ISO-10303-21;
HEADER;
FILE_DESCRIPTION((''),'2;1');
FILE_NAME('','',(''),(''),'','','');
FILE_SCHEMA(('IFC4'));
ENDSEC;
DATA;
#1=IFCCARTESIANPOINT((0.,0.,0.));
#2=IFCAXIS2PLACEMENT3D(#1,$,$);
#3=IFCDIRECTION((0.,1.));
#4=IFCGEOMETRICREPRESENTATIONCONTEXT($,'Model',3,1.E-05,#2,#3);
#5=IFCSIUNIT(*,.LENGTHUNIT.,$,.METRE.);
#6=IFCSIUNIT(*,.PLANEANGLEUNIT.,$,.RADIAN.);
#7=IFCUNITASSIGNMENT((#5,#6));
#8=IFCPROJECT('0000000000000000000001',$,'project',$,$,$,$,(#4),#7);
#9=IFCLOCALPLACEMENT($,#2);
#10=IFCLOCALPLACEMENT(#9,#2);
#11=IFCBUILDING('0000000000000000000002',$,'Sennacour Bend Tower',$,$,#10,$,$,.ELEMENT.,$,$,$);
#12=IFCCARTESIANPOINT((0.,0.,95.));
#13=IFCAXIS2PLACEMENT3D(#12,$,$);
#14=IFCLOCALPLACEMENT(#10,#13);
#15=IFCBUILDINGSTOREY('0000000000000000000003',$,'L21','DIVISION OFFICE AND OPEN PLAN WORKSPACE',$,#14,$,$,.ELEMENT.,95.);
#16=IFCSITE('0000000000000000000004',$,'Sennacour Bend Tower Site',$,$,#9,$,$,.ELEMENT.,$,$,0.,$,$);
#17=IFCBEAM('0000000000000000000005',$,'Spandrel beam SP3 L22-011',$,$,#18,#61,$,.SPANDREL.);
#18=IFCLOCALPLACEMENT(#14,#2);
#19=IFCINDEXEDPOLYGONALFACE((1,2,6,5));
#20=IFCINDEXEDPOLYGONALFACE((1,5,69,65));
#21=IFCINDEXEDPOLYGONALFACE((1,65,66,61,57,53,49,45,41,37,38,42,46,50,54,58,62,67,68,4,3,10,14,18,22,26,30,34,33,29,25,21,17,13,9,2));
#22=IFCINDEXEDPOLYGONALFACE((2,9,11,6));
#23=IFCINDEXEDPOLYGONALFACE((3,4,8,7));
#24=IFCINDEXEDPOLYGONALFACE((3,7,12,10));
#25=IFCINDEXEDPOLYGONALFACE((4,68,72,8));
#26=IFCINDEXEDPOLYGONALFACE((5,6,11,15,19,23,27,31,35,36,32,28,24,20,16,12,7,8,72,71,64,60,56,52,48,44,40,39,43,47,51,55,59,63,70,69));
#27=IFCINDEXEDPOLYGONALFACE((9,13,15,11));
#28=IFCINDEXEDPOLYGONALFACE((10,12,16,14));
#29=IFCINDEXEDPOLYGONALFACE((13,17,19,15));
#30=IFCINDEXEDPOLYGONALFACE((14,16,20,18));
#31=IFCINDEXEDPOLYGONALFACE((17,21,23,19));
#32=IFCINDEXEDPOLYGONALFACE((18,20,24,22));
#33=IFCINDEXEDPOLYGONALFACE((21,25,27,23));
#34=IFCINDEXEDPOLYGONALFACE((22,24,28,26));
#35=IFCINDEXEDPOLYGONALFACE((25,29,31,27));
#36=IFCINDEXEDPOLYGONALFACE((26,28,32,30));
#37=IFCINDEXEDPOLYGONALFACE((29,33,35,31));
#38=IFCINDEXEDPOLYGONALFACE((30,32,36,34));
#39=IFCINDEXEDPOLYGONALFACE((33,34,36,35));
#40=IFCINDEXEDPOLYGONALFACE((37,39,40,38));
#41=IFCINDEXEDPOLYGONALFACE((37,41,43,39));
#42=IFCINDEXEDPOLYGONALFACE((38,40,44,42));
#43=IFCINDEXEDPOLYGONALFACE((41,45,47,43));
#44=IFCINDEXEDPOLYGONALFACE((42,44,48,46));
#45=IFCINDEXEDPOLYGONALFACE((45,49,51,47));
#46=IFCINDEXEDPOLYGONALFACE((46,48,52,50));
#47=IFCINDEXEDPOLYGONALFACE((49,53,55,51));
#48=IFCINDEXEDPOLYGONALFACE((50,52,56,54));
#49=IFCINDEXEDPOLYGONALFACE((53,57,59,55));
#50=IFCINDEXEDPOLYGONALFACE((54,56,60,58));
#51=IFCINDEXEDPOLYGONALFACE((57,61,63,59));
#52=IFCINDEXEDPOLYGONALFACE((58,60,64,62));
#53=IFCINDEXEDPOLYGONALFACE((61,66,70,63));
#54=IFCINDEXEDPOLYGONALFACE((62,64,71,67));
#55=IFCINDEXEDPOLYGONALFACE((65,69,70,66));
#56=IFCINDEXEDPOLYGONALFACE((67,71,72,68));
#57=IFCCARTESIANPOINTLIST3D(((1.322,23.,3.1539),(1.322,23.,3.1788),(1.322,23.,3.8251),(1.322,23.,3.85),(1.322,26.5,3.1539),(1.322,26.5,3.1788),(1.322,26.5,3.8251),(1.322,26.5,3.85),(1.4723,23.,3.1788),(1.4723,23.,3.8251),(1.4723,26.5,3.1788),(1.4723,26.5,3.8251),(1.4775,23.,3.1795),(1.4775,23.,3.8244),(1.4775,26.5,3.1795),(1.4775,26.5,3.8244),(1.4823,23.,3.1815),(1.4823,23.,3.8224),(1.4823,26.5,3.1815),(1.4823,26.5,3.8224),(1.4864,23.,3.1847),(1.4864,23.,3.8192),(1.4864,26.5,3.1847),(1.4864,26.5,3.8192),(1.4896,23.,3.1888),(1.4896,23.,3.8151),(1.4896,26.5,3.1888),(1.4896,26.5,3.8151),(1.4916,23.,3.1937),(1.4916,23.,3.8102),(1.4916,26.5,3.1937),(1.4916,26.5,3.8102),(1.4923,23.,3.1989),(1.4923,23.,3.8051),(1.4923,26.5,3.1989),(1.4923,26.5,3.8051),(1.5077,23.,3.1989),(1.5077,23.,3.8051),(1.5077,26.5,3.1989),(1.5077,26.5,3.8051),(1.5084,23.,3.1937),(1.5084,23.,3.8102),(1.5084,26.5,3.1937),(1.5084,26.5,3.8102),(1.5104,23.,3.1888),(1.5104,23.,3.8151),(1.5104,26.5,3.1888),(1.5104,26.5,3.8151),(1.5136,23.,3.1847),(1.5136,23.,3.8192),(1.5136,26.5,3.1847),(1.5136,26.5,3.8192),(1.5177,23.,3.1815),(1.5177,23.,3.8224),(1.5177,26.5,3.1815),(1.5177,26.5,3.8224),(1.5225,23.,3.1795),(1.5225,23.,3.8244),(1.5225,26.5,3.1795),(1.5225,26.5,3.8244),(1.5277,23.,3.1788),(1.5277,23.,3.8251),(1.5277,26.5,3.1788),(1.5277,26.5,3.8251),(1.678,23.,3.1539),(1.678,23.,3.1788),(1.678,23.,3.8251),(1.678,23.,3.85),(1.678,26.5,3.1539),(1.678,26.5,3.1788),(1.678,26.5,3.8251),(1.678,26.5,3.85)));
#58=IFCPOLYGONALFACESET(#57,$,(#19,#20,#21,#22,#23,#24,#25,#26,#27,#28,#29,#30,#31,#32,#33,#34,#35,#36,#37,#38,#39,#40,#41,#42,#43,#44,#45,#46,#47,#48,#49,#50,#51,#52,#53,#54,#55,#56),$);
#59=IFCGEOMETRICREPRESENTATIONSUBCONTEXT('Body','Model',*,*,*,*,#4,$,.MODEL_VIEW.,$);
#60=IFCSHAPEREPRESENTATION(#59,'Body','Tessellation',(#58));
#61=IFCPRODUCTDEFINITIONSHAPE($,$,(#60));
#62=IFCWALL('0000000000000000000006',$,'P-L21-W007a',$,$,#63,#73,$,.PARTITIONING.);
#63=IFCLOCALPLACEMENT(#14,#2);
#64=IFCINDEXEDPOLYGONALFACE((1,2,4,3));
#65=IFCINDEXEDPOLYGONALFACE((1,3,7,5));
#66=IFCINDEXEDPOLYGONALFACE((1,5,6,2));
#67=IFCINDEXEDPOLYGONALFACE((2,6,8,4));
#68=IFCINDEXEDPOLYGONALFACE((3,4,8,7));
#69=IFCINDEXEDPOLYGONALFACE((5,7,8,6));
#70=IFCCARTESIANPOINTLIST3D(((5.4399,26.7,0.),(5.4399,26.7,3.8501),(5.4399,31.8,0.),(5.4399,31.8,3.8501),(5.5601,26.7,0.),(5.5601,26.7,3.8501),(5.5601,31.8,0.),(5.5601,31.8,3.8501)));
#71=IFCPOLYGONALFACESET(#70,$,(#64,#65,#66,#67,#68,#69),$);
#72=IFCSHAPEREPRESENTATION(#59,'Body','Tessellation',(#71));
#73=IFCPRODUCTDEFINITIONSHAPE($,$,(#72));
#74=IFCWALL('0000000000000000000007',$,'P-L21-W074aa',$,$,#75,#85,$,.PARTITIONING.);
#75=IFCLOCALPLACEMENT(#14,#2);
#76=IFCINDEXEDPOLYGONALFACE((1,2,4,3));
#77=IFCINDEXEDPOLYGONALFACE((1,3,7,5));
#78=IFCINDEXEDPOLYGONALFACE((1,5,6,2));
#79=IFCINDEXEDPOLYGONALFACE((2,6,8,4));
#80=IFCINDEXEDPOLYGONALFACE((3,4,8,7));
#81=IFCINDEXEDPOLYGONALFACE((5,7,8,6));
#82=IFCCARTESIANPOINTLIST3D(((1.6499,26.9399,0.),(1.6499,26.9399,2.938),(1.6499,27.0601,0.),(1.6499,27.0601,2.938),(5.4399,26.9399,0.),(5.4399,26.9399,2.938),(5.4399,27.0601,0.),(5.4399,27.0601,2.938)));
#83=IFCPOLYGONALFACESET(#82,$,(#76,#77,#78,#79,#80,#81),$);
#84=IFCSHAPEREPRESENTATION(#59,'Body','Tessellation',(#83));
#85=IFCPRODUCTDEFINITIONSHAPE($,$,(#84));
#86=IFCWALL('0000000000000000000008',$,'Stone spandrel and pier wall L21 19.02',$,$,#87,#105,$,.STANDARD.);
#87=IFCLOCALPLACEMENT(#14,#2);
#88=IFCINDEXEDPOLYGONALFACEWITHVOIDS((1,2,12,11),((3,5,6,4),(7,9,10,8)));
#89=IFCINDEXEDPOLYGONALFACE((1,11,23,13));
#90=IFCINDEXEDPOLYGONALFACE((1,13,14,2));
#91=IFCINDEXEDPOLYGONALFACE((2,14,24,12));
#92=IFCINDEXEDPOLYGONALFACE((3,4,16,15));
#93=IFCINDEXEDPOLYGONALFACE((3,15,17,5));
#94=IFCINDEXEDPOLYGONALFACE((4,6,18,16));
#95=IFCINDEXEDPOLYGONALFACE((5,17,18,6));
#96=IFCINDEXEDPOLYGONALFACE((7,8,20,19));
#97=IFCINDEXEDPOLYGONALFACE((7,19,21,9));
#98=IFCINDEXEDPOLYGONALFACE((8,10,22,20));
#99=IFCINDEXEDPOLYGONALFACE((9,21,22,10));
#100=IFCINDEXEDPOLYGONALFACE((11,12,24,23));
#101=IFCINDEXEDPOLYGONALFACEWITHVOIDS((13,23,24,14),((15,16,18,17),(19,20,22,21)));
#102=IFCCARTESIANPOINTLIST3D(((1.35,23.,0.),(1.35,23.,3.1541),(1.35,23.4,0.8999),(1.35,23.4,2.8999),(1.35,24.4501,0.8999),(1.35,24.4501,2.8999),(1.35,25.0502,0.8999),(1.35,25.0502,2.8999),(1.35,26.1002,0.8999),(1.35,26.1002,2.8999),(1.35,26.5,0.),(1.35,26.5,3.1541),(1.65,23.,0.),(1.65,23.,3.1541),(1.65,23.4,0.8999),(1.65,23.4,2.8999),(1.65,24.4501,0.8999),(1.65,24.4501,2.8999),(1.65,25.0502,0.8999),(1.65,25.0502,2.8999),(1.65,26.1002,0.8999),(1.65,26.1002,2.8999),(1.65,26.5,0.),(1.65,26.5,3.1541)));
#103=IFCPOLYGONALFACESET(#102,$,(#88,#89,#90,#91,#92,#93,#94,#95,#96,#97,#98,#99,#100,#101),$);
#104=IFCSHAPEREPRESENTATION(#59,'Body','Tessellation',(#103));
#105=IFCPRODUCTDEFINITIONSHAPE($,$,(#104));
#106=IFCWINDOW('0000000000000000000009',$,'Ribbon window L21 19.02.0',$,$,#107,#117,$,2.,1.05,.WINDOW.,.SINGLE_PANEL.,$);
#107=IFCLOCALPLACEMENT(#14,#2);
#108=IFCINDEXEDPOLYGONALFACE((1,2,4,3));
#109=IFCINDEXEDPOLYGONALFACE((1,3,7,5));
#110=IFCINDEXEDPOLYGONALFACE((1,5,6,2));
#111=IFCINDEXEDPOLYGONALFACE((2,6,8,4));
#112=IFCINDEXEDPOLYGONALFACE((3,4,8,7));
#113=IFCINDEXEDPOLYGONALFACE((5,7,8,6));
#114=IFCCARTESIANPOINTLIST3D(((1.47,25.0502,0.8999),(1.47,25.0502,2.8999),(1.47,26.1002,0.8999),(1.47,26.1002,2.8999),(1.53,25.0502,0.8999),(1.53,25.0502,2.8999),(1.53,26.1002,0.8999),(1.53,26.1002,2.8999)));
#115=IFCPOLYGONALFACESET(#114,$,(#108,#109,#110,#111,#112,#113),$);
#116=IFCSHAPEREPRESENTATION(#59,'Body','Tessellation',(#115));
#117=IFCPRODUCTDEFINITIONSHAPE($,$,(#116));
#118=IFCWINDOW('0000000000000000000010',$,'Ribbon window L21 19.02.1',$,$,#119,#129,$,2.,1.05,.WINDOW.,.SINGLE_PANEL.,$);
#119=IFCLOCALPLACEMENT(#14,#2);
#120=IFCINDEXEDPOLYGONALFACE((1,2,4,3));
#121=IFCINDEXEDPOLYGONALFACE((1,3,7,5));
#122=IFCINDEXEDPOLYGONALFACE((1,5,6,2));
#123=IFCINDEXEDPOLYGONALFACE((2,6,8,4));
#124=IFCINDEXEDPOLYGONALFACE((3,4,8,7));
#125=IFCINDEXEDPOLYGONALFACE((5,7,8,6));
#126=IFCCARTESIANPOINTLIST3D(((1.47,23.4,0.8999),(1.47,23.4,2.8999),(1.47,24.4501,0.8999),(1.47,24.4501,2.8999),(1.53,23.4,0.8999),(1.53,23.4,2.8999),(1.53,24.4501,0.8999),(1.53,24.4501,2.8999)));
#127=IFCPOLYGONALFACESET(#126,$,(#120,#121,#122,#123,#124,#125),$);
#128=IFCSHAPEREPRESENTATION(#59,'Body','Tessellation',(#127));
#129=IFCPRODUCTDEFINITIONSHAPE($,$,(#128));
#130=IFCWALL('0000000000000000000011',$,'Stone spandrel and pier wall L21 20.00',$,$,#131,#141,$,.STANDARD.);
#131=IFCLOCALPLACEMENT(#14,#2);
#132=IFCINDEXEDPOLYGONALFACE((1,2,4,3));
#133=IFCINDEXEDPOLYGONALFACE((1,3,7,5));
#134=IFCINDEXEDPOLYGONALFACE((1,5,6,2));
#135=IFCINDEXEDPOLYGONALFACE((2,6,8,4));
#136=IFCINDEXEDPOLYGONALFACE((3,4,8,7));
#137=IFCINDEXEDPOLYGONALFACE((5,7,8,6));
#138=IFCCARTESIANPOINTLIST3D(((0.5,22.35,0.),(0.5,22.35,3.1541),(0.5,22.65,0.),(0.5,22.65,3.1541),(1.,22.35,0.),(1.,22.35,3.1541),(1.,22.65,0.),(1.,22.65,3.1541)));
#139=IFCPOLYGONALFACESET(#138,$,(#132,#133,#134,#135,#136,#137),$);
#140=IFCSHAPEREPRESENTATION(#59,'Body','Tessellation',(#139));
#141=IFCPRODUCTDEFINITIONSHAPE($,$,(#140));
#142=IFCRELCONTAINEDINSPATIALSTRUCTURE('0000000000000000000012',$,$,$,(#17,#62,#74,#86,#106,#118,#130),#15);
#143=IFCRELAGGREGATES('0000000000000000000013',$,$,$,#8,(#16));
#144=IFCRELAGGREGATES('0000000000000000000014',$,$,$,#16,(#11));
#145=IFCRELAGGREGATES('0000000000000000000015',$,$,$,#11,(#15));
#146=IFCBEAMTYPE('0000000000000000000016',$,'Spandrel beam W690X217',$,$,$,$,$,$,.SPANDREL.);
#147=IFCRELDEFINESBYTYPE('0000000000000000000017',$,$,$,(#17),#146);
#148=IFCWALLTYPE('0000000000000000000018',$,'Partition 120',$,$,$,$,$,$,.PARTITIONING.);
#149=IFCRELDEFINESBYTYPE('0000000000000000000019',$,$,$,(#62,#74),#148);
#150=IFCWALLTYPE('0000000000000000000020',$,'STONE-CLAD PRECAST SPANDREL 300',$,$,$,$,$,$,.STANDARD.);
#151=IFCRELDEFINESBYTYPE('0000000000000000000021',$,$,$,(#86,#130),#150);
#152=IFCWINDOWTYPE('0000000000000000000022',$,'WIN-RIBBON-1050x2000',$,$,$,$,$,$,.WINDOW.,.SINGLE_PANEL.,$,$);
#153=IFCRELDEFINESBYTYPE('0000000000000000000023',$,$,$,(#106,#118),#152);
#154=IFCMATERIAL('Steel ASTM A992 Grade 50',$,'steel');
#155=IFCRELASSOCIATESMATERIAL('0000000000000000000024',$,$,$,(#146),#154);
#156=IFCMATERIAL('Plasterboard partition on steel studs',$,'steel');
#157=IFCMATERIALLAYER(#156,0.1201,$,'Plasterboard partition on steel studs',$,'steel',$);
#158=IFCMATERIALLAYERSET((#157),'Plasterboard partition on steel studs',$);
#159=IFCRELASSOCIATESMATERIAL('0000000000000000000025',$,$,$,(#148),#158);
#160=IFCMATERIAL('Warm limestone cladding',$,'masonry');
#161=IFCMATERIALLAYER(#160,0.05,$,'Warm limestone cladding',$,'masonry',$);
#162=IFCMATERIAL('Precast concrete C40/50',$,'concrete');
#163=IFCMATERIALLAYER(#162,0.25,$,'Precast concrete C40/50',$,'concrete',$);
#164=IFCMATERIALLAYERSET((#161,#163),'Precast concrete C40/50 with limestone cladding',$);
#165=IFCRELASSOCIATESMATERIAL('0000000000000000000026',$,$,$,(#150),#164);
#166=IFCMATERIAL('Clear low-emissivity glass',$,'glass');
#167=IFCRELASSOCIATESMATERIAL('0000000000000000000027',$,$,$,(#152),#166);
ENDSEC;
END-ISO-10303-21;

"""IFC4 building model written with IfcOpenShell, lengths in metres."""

from ifc_helpers import new_model, si_unit, direction, frame, frame_2d, origin, origin_2d, place, context, subcontext, project, spatial, rectangle, i_section, extrude, material, layer, layer_set, material_profile, profile_set, type_object, element, fill, save


model = new_model("IFC4")

# Units and contexts
model_context = context("Model", 3, precision=1e-05, world=origin(), true_north=direction((0.0, 1.0)))
body_context = subcontext(model_context, "Body", "Model", "MODEL_VIEW")
ifc_project = project(units=[si_unit("LENGTHUNIT", "METRE"), si_unit("PLANEANGLEUNIT", "RADIAN")], contexts=[model_context])

# Site, building, storey
site_placement = place(None, origin())
site = spatial("IfcSite", under=ifc_project, at=site_placement, Name="Sennacour Bend Tower Site", CompositionType="ELEMENT", RefElevation=0.0)
building_placement = place(site_placement, origin())
building = spatial("IfcBuilding", under=site, at=building_placement, Name="Sennacour Bend Tower", CompositionType="ELEMENT")
storey_placement = place(building_placement, frame((0.0, 0.0, 95.0)))
storey = spatial("IfcBuildingStorey", under=building, at=storey_placement, Name="L21", Description="DIVISION OFFICE AND OPEN PLAN WORKSPACE", CompositionType="ELEMENT", Elevation=95.0)

# Beam
ifc_material_1 = material(Name="Steel ASTM A992 Grade 50", Category="steel")
ifc_material_profile_1 = material_profile(ifc_material_1, i_section(OverallWidth=0.356, OverallDepth=0.696, WebThickness=0.0154, FlangeThickness=0.0249, FilletRadius=0.02, at=origin_2d()), Name="Steel ASTM A992 Grade 50", Category="steel")
ifc_profile_set_1 = profile_set([ifc_material_profile_1], Name="Steel ASTM A992 Grade 50")
beam_type_1 = type_object("IfcBeamType", Name="Spandrel beam W690X217", PredefinedType="SPANDREL", material=ifc_profile_set_1)
beam_1_placement = place(storey_placement, frame((1.5, 23.0, 3.502), z_axis=(0.0, 1.0, 0.0), x_axis=(-1.0, 0.0, 0.0)))
element("IfcBeam", 1, at=beam_1_placement, inside=storey, type_object=beam_type_1, Name="Spandrel beam SP3 L22-011", PredefinedType="SPANDREL", context=body_context, shape_type="SweptSolid", body=[
    extrude(i_section(OverallWidth=0.356, OverallDepth=0.696, WebThickness=0.0154, FlangeThickness=0.0249, FilletRadius=0.02, at=origin_2d()), origin(), (0.0, 0.0, 1.0), 3.5),
])

# Walls
ifc_material_2 = material(Name="Plasterboard partition on steel studs", Category="steel")
ifc_layer_1 = layer(ifc_material_2, 0.1201, Name="Plasterboard partition on steel studs", Category="steel")
ifc_layer_set_1 = layer_set([ifc_layer_1], Name="Plasterboard partition on steel studs")
wall_type_1 = type_object("IfcWallType", Name="Partition 120", PredefinedType="PARTITIONING", material=ifc_layer_set_1)
wall_1_placement = place(storey_placement, frame((5.5, 26.7, 0.0), z_axis=(0.0, 0.0, 1.0), x_axis=(0.0, 1.0, 0.0)))
element("IfcWall", 2, at=wall_1_placement, inside=storey, type_object=wall_type_1, Name="P-L21-W007a", PredefinedType="PARTITIONING", context=body_context, shape_type="SweptSolid", body=[
    extrude(rectangle(XDim=5.1001, YDim=0.1201, at=frame_2d((2.55, 0.0))), origin(), (0.0, 0.0, 1.0), 3.8501),
])
wall_2_placement = place(storey_placement, frame((1.6499, 27.0, 0.0), z_axis=(0.0, 0.0, 1.0), x_axis=(1.0, 0.0, 0.0)))
element("IfcWall", 3, at=wall_2_placement, inside=storey, type_object=wall_type_1, Name="P-L21-W074aa", PredefinedType="PARTITIONING", context=body_context, shape_type="SweptSolid", body=[
    extrude(rectangle(XDim=3.79, YDim=0.1201, at=frame_2d((1.895, 0.0))), origin(), (0.0, 0.0, 1.0), 2.938),
])

# Wall, openings, windows
ifc_material_3 = material(Name="Warm limestone cladding", Category="masonry")
ifc_layer_2 = layer(ifc_material_3, 0.05, Name="Warm limestone cladding", Category="masonry")
ifc_material_4 = material(Name="Precast concrete C40/50", Category="concrete")
ifc_layer_3 = layer(ifc_material_4, 0.25, Name="Precast concrete C40/50", Category="concrete")
ifc_layer_set_2 = layer_set([ifc_layer_2, ifc_layer_3], Name="Precast concrete C40/50 with limestone cladding")
wall_type_2 = type_object("IfcWallType", Name="STONE-CLAD PRECAST SPANDREL 300", PredefinedType="STANDARD", material=ifc_layer_set_2)
wall_3_placement = place(storey_placement, frame((1.5, 26.5, 0.0), z_axis=(0.0, 0.0, 1.0), x_axis=(0.0, -1.0, 0.0)))
wall_3 = element("IfcWall", 4, at=wall_3_placement, inside=storey, type_object=wall_type_2, Name="Stone spandrel and pier wall L21 19.02", PredefinedType="STANDARD", context=body_context, shape_type="SweptSolid", body=[
    extrude(rectangle(XDim=3.5, YDim=0.3, at=frame_2d((1.75, 0.0))), origin(), (0.0, 0.0, 1.0), 3.1541),
])
opening_1_placement = place(wall_3_placement, frame((0.3999, 0.0, 0.8999)))
opening_1 = element("IfcOpeningElement", 5, at=opening_1_placement, cuts=wall_3, PredefinedType="OPENING", context=body_context, shape_type="SweptSolid", body=[
    extrude(rectangle(XDim=1.05, YDim=2.0, at=frame_2d((0.5249, 1.0))), frame((0.0, 0.1602, 0.0), z_axis=(0.0, -1.0, 0.0), x_axis=(1.0, 0.0, 0.0)), (0.0, 0.0, 1.0), 0.3201),
])
opening_2_placement = place(wall_3_placement, frame((2.05, 0.0, 0.8999)))
opening_2 = element("IfcOpeningElement", 6, at=opening_2_placement, cuts=wall_3, PredefinedType="OPENING", context=body_context, shape_type="SweptSolid", body=[
    extrude(rectangle(XDim=1.05, YDim=2.0, at=frame_2d((0.5249, 1.0))), frame((0.0, 0.1602, 0.0), z_axis=(0.0, -1.0, 0.0), x_axis=(1.0, 0.0, 0.0)), (0.0, 0.0, 1.0), 0.3201),
])
ifc_material_5 = material(Name="Clear low-emissivity glass", Category="glass")
window_type = type_object("IfcWindowType", Name="WIN-RIBBON-1050x2000", PartitioningType="SINGLE_PANEL", PredefinedType="WINDOW", material=ifc_material_5)
window_1_placement = place(opening_1_placement, origin())
window_1 = element("IfcWindow", 7, at=window_1_placement, inside=storey, type_object=window_type, Name="Ribbon window L21 19.02.0", OverallHeight=2.0, OverallWidth=1.05, PartitioningType="SINGLE_PANEL", PredefinedType="WINDOW", context=body_context, shape_type="SweptSolid", body=[
    extrude(rectangle(XDim=1.05, YDim=2.0, at=frame_2d((0.5249, 1.0))), frame((0.0, 0.03, 0.0), z_axis=(0.0, -1.0, 0.0), x_axis=(1.0, 0.0, 0.0)), (0.0, 0.0, 1.0), 0.0601),
])
fill(opening_1, window_1)
window_2_placement = place(opening_2_placement, origin())
window_2 = element("IfcWindow", 8, at=window_2_placement, inside=storey, type_object=window_type, Name="Ribbon window L21 19.02.1", OverallHeight=2.0, OverallWidth=1.05, PartitioningType="SINGLE_PANEL", PredefinedType="WINDOW", context=body_context, shape_type="SweptSolid", body=[
    extrude(rectangle(XDim=1.05, YDim=2.0, at=frame_2d((0.5249, 1.0))), frame((0.0, 0.03, 0.0), z_axis=(0.0, -1.0, 0.0), x_axis=(1.0, 0.0, 0.0)), (0.0, 0.0, 1.0), 0.0601),
])
fill(opening_2, window_2)

# Wall
wall_4_placement = place(storey_placement, frame((1.0, 22.5, 0.0), z_axis=(0.0, 0.0, 1.0), x_axis=(-1.0, 0.0, 0.0)))
element("IfcWall", 9, at=wall_4_placement, inside=storey, type_object=wall_type_2, Name="Stone spandrel and pier wall L21 20.00", PredefinedType="STANDARD", context=body_context, shape_type="SweptSolid", body=[
    extrude(rectangle(XDim=0.5, YDim=0.3, at=frame_2d((0.25, 0.0))), origin(), (0.0, 0.0, 1.0), 3.1541),
])

save(model, "model.ifc")
